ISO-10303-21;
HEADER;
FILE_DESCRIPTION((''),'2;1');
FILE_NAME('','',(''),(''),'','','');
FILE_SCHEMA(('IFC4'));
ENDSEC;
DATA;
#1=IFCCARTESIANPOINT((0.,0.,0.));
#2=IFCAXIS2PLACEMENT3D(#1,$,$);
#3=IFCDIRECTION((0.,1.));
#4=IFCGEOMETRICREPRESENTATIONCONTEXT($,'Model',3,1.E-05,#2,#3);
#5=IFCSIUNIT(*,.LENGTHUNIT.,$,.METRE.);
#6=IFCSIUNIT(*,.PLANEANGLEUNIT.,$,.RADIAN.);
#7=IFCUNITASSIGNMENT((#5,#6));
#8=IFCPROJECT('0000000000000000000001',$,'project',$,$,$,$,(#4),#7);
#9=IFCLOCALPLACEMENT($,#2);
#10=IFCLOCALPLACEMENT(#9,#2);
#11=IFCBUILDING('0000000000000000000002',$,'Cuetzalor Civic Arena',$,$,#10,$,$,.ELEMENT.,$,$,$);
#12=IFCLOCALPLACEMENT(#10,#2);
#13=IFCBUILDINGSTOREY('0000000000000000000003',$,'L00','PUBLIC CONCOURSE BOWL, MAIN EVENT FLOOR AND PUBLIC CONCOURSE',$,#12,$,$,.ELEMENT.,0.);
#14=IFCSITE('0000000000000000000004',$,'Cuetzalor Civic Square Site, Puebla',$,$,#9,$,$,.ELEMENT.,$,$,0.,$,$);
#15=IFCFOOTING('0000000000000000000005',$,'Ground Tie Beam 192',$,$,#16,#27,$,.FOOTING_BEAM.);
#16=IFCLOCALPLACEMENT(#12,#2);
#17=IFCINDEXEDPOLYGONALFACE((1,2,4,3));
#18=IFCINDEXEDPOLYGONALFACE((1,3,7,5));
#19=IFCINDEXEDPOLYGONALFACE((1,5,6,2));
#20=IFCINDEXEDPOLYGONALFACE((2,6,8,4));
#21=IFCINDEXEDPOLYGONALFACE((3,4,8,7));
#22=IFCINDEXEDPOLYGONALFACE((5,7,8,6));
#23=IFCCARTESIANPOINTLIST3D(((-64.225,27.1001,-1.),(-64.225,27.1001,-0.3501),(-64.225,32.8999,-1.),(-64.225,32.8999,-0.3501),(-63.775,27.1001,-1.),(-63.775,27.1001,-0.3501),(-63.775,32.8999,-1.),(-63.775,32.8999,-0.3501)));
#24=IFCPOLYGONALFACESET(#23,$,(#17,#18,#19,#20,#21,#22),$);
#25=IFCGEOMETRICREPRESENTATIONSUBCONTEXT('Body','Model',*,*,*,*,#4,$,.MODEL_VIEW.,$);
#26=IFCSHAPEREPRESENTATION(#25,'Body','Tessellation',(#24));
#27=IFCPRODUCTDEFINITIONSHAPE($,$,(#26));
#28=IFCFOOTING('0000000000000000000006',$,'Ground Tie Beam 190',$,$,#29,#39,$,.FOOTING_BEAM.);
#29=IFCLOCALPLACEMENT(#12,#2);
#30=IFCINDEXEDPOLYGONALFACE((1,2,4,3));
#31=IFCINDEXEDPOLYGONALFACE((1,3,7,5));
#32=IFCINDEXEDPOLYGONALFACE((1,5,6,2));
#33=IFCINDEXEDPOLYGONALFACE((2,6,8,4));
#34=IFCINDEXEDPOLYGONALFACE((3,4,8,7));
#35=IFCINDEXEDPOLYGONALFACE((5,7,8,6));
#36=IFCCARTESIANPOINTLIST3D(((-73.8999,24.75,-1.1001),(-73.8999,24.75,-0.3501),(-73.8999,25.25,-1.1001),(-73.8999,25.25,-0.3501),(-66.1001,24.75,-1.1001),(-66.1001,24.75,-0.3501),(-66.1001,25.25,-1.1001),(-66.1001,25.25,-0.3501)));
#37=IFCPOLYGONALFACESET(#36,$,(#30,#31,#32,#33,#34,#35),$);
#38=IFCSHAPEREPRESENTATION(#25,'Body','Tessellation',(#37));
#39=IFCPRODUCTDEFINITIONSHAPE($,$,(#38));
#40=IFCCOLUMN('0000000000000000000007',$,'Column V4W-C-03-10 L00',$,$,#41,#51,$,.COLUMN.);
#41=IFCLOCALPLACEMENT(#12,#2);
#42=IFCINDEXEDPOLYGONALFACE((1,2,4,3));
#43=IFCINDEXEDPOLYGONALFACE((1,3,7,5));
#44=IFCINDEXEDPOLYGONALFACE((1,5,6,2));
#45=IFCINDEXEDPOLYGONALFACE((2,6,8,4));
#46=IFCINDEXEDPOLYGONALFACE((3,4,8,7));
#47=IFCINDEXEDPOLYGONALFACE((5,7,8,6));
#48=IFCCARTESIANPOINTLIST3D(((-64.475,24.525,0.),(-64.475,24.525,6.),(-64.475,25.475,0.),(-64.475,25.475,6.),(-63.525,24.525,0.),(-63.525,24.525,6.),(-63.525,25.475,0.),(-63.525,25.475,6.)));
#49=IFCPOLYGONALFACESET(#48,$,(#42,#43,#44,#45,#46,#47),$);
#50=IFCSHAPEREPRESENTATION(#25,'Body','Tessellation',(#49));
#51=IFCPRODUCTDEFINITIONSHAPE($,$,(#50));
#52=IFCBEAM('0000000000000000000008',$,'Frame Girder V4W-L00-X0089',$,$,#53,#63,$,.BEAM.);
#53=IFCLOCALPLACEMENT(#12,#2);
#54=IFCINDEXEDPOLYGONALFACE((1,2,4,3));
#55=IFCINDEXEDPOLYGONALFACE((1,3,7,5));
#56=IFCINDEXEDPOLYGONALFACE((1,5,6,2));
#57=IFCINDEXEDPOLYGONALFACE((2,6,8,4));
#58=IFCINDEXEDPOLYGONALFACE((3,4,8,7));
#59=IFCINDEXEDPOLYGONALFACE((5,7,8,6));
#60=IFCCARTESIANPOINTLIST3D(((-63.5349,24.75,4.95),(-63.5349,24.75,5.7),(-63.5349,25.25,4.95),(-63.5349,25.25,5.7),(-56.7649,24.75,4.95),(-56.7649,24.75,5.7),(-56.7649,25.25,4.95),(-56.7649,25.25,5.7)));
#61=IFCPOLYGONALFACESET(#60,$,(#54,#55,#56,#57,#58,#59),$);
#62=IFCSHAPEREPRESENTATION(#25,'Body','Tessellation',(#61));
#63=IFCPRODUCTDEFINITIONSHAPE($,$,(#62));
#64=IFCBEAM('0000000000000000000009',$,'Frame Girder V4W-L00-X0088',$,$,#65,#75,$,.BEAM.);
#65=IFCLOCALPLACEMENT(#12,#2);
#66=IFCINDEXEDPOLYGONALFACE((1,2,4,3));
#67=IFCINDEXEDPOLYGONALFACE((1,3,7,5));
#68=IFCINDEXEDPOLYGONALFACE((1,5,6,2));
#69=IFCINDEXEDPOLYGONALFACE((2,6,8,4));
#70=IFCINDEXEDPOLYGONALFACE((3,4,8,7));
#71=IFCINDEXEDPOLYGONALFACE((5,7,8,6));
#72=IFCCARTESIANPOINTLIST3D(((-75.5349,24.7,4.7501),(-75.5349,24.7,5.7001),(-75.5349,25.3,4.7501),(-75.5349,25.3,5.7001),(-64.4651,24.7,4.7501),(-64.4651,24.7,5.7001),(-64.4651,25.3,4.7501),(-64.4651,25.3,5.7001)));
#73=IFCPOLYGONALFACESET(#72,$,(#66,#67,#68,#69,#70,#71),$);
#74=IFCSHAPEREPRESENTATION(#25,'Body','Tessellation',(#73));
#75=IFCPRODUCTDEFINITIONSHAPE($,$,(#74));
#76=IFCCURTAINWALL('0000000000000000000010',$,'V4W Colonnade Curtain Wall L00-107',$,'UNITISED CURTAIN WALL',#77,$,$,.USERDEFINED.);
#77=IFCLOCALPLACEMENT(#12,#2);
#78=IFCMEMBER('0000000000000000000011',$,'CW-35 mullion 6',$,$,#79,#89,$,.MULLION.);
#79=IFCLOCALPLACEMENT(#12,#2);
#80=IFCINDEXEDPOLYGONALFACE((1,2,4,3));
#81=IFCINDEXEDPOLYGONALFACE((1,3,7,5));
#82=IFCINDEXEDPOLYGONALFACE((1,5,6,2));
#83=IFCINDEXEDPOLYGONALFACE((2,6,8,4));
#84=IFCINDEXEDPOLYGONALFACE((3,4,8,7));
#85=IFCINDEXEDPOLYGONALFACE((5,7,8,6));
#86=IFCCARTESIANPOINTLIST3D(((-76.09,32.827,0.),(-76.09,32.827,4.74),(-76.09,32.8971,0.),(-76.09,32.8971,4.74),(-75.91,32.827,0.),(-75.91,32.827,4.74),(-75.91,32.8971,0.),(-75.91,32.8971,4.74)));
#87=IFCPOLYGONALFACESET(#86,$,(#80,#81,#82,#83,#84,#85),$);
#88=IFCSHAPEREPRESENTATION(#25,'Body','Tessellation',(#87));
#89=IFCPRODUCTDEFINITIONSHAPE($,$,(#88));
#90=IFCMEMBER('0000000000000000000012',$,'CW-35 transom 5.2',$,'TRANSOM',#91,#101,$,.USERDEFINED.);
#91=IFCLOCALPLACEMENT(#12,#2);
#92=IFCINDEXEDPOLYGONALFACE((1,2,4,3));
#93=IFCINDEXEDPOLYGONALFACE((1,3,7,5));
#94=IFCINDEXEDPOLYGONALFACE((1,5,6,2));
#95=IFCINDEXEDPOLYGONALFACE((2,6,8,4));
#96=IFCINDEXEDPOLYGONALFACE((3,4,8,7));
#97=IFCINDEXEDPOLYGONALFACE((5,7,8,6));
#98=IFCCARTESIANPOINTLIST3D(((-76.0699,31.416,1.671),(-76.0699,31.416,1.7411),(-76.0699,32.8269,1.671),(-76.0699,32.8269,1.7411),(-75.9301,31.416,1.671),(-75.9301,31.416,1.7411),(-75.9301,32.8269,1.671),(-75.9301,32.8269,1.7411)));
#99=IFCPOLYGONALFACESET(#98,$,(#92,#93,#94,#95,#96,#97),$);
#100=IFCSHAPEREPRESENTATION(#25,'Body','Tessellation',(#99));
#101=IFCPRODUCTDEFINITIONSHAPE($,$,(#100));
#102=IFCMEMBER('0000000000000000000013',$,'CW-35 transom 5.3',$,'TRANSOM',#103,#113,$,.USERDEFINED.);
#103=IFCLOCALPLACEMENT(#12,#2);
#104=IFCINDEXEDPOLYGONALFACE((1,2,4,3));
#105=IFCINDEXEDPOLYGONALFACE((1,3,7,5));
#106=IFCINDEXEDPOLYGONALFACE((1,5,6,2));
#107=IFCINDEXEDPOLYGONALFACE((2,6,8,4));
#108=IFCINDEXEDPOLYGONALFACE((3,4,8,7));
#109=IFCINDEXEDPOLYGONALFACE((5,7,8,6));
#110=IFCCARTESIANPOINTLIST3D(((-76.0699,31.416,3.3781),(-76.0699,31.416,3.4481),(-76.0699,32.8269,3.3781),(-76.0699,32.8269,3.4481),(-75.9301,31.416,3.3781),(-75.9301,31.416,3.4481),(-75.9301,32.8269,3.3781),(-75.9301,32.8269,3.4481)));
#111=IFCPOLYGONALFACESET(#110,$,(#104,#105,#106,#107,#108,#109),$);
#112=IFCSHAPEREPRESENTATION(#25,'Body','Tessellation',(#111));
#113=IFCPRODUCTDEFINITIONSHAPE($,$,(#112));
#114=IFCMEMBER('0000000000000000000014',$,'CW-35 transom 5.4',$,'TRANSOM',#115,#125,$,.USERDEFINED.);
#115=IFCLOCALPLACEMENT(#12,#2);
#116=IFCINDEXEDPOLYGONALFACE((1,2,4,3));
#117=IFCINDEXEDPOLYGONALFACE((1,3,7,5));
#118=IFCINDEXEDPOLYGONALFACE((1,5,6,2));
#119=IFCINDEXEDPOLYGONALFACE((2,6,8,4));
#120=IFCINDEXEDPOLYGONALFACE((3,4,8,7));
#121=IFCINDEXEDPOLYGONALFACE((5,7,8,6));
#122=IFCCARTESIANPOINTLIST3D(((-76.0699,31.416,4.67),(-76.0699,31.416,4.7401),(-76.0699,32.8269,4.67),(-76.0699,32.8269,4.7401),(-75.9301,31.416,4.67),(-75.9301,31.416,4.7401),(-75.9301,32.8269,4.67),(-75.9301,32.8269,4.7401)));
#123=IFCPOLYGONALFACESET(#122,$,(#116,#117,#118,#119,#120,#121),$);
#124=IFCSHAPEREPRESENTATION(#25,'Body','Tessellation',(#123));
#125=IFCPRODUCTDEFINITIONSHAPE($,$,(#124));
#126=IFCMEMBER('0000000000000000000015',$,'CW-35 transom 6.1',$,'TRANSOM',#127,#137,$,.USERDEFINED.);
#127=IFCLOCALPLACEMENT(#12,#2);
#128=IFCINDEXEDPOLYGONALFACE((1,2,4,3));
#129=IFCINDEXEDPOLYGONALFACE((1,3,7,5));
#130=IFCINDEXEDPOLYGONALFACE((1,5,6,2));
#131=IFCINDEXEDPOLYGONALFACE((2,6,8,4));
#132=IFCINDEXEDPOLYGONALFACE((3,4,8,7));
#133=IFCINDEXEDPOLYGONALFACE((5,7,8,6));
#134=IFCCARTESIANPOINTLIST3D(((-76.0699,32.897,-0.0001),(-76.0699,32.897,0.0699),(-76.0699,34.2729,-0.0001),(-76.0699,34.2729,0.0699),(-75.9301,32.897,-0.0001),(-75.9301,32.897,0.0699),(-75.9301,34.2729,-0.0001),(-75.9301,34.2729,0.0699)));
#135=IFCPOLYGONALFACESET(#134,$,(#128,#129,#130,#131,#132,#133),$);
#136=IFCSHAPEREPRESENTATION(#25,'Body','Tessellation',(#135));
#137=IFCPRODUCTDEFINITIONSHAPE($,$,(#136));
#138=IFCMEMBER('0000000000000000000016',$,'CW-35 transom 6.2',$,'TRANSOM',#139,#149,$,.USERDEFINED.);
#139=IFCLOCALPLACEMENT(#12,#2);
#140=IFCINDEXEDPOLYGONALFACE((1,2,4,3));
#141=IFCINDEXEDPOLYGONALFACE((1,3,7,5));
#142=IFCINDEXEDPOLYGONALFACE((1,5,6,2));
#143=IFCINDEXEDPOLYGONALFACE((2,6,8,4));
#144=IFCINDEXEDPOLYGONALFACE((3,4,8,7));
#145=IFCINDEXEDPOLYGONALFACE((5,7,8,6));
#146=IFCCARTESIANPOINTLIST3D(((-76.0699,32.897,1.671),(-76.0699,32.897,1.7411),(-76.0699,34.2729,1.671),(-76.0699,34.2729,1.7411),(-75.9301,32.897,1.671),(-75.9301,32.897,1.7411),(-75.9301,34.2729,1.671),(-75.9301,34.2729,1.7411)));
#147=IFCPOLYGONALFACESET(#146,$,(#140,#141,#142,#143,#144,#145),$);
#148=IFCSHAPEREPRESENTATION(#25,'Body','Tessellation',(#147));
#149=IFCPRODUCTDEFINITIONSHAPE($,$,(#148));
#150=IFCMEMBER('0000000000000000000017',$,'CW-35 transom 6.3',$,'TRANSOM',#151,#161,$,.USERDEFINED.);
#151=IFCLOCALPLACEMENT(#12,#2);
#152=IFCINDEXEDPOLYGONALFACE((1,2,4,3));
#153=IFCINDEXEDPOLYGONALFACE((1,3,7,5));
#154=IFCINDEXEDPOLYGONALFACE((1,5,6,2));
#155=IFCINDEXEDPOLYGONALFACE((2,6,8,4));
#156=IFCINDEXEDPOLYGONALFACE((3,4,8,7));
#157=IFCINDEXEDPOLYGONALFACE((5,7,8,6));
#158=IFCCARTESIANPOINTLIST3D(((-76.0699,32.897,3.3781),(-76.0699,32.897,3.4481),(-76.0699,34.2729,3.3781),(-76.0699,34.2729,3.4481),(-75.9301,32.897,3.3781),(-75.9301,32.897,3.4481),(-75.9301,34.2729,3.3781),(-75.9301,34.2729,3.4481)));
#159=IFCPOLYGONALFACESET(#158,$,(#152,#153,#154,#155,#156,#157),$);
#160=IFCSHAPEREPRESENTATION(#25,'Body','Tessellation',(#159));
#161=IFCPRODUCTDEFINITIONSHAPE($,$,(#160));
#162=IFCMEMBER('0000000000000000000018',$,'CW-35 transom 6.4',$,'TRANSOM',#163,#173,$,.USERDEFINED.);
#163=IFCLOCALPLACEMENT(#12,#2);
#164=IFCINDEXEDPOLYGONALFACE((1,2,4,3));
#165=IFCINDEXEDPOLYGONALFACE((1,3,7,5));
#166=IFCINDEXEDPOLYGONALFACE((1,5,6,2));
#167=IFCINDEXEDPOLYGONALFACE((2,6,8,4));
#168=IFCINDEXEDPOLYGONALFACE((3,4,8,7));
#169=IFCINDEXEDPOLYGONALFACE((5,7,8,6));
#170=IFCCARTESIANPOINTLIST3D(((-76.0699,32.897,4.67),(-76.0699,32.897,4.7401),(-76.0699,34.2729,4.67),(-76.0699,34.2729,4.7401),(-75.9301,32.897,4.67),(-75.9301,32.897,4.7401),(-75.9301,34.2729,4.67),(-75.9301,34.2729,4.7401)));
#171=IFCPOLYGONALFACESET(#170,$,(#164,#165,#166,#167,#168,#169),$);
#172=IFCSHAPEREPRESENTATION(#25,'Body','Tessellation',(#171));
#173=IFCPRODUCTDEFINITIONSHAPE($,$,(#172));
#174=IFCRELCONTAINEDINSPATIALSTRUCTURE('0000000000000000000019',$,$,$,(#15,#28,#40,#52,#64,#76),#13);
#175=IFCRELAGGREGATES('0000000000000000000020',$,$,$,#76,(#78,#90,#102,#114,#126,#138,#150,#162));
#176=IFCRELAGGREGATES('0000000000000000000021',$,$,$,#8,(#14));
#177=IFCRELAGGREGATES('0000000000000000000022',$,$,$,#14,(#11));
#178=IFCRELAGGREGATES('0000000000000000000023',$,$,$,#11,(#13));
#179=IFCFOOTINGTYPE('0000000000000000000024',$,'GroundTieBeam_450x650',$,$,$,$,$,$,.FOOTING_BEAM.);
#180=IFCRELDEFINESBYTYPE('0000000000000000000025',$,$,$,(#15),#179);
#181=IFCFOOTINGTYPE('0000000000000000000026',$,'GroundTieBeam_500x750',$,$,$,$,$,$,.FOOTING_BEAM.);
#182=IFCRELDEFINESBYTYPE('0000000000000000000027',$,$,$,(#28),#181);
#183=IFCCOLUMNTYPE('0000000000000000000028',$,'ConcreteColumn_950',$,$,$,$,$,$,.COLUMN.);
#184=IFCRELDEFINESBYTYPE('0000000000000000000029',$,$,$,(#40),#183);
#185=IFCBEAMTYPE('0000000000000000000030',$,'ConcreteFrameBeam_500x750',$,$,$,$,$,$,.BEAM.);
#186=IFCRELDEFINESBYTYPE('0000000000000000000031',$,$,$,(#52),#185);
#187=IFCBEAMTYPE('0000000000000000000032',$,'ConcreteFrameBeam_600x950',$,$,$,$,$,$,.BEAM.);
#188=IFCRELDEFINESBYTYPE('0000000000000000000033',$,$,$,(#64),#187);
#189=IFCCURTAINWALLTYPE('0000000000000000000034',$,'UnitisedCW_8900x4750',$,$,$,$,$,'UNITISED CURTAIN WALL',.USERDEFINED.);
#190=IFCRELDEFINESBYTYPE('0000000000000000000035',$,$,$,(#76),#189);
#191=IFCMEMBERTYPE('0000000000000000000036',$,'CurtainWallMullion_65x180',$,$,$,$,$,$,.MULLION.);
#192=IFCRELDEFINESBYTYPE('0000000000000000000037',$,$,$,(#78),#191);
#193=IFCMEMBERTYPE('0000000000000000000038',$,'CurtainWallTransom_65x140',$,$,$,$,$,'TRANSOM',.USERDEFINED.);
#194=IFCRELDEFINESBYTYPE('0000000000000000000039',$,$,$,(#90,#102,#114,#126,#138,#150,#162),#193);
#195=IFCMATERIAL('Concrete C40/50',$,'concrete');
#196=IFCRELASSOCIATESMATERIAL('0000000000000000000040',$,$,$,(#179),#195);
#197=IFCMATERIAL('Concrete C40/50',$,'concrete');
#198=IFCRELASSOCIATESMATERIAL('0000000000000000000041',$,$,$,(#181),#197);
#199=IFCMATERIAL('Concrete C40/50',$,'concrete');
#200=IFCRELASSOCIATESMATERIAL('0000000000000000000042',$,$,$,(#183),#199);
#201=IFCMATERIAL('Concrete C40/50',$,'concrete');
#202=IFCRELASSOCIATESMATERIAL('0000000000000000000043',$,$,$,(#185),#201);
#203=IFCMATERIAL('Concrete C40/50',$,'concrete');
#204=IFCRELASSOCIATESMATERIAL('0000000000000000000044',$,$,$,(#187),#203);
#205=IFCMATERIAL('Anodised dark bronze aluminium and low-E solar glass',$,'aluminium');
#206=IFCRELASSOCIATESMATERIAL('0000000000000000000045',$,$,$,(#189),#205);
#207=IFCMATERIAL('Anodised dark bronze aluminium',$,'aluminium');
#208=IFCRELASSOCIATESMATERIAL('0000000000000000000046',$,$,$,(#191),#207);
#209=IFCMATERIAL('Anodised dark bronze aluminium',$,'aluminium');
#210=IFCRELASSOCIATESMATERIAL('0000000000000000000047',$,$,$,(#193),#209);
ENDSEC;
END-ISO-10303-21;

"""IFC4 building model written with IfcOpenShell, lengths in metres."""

from ifc_helpers import new_model, si_unit, direction, frame, origin, origin_2d, place, context, subcontext, project, spatial, rectangle, extrude, material, material_profile, profile_set, type_object, element, aggregate, save


model = new_model("IFC4")

# Units and contexts
model_context = context("Model", 3, precision=1e-05, world=origin(), true_north=direction((0.0, 1.0)))
body_context = subcontext(model_context, "Body", "Model", "MODEL_VIEW")
ifc_project = project(units=[si_unit("LENGTHUNIT", "METRE"), si_unit("PLANEANGLEUNIT", "RADIAN")], contexts=[model_context])

# Site, building, storey
site_placement = place(None, origin())
site = spatial("IfcSite", under=ifc_project, at=site_placement, Name="Cuetzalor Civic Square Site, Puebla", CompositionType="ELEMENT", RefElevation=0.0)
building_placement = place(site_placement, origin())
building = spatial("IfcBuilding", under=site, at=building_placement, Name="Cuetzalor Civic Arena", CompositionType="ELEMENT")
storey_placement = place(building_placement, origin())
storey = spatial("IfcBuildingStorey", under=building, at=storey_placement, Name="L00", Description="PUBLIC CONCOURSE BOWL, MAIN EVENT FLOOR AND PUBLIC CONCOURSE", CompositionType="ELEMENT", Elevation=0.0)

# Footings
ifc_material_1 = material(Name="Concrete C40/50", Category="concrete")
ifc_material_profile_1 = material_profile(ifc_material_1, rectangle(XDim=0.45, YDim=0.6499, at=origin_2d()), Name="RC 450x650")
ifc_profile_set_1 = profile_set([ifc_material_profile_1], Name="Concrete C40/50")
footing_type_1 = type_object("IfcFootingType", Name="GroundTieBeam_450x650", PredefinedType="FOOTING_BEAM", material=ifc_profile_set_1)
footing_1_placement = place(storey_placement, frame((-64.0, 27.1001, -0.675), z_axis=(0.0, 1.0, 0.0), x_axis=(-1.0, 0.0, 0.0)))
element("IfcFooting", 1, at=footing_1_placement, inside=storey, type_object=footing_type_1, Name="Ground Tie Beam 192", PredefinedType="FOOTING_BEAM", context=body_context, shape_type="SweptSolid", body=[
    extrude(rectangle(XDim=0.45, YDim=0.6499, at=origin_2d()), origin(), (0.0, 0.0, 1.0), 5.7998),
])
ifc_material_2 = material(Name="Concrete C40/50", Category="concrete")
ifc_material_profile_2 = material_profile(ifc_material_2, rectangle(XDim=0.5, YDim=0.75, at=origin_2d()), Name="RC 500x750")
ifc_profile_set_2 = profile_set([ifc_material_profile_2], Name="Concrete C40/50")
footing_type_2 = type_object("IfcFootingType", Name="GroundTieBeam_500x750", PredefinedType="FOOTING_BEAM", material=ifc_profile_set_2)
footing_2_placement = place(storey_placement, frame((-73.8999, 25.0, -0.7251), z_axis=(1.0, 0.0, 0.0), x_axis=(0.0, 1.0, 0.0)))
element("IfcFooting", 2, at=footing_2_placement, inside=storey, type_object=footing_type_2, Name="Ground Tie Beam 190", PredefinedType="FOOTING_BEAM", context=body_context, shape_type="SweptSolid", body=[
    extrude(rectangle(XDim=0.5, YDim=0.75, at=origin_2d()), origin(), (0.0, 0.0, 1.0), 7.7998),
])

# Column
ifc_material_3 = material(Name="Concrete C40/50", Category="concrete")
ifc_material_profile_3 = material_profile(ifc_material_3, rectangle(XDim=0.95, YDim=0.95, at=origin_2d()), Name="RC 950x950")
ifc_profile_set_3 = profile_set([ifc_material_profile_3], Name="Concrete C40/50")
column_type = type_object("IfcColumnType", Name="ConcreteColumn_950", PredefinedType="COLUMN", material=ifc_profile_set_3)
column_placement = place(storey_placement, frame((-64.0, 25.0, 0.0), z_axis=(0.0, 0.0, 1.0), x_axis=(1.0, 0.0, 0.0)))
element("IfcColumn", 3, at=column_placement, inside=storey, type_object=column_type, Name="Column V4W-C-03-10 L00", PredefinedType="COLUMN", context=body_context, shape_type="SweptSolid", body=[
    extrude(rectangle(XDim=0.95, YDim=0.95, at=origin_2d()), origin(), (0.0, 0.0, 1.0), 6.0),
])

# Beams
ifc_material_4 = material(Name="Concrete C40/50", Category="concrete")
ifc_material_profile_4 = material_profile(ifc_material_4, rectangle(XDim=0.5, YDim=0.75, at=origin_2d()), Name="RC 500x750")
ifc_profile_set_4 = profile_set([ifc_material_profile_4], Name="Concrete C40/50")
beam_type_1 = type_object("IfcBeamType", Name="ConcreteFrameBeam_500x750", PredefinedType="BEAM", material=ifc_profile_set_4)
beam_1_placement = place(storey_placement, frame((-63.5349, 25.0, 5.325), z_axis=(1.0, 0.0, 0.0), x_axis=(0.0, 1.0, 0.0)))
element("IfcBeam", 4, at=beam_1_placement, inside=storey, type_object=beam_type_1, Name="Frame Girder V4W-L00-X0089", PredefinedType="BEAM", context=body_context, shape_type="SweptSolid", body=[
    extrude(rectangle(XDim=0.5, YDim=0.75, at=origin_2d()), origin(), (0.0, 0.0, 1.0), 6.77),
])
ifc_material_5 = material(Name="Concrete C40/50", Category="concrete")
ifc_material_profile_5 = material_profile(ifc_material_5, rectangle(XDim=0.6001, YDim=0.95, at=origin_2d()), Name="RC 600x950")
ifc_profile_set_5 = profile_set([ifc_material_profile_5], Name="Concrete C40/50")
beam_type_2 = type_object("IfcBeamType", Name="ConcreteFrameBeam_600x950", PredefinedType="BEAM", material=ifc_profile_set_5)
beam_2_placement = place(storey_placement, frame((-75.5349, 25.0, 5.2251), z_axis=(1.0, 0.0, 0.0), x_axis=(0.0, 1.0, 0.0)))
element("IfcBeam", 5, at=beam_2_placement, inside=storey, type_object=beam_type_2, Name="Frame Girder V4W-L00-X0088", PredefinedType="BEAM", context=body_context, shape_type="SweptSolid", body=[
    extrude(rectangle(XDim=0.6001, YDim=0.95, at=origin_2d()), origin(), (0.0, 0.0, 1.0), 11.0698),
])

# Curtain wall, members
ifc_material_6 = material(Name="Anodised dark bronze aluminium and low-E solar glass", Category="aluminium")
curtain_wall_type = type_object("IfcCurtainWallType", Name="UnitisedCW_8900x4750", ElementType="UNITISED CURTAIN WALL", PredefinedType="USERDEFINED", material=ifc_material_6)
curtain_wall_placement = place(storey_placement, origin())
curtain_wall = element("IfcCurtainWall", 6, at=curtain_wall_placement, inside=storey, type_object=curtain_wall_type, Name="V4W Colonnade Curtain Wall L00-107", ObjectType="UNITISED CURTAIN WALL", PredefinedType="USERDEFINED")
ifc_material_7 = material(Name="Anodised dark bronze aluminium", Category="aluminium")
ifc_material_profile_6 = material_profile(ifc_material_7, rectangle(XDim=0.0701, YDim=0.1799, at=origin_2d()), Name="ALU MULLION 70x180")
ifc_profile_set_6 = profile_set([ifc_material_profile_6], Name="Anodised dark bronze aluminium")
member_type_1 = type_object("IfcMemberType", Name="CurtainWallMullion_65x180", PredefinedType="MULLION", material=ifc_profile_set_6)
member_1_placement = place(storey_placement, frame((-76.0, 32.8621, 0.0), z_axis=(0.0, 0.0, 1.0), x_axis=(0.0, 1.0, 0.0)))
member_1 = element("IfcMember", 7, at=member_1_placement, type_object=member_type_1, Name="CW-35 mullion 6", PredefinedType="MULLION", context=body_context, shape_type="SweptSolid", body=[
    extrude(rectangle(XDim=0.0701, YDim=0.1799, at=origin_2d()), origin(), (0.0, 0.0, 1.0), 4.74),
])
ifc_material_8 = material(Name="Anodised dark bronze aluminium", Category="aluminium")
ifc_material_profile_7 = material_profile(ifc_material_8, rectangle(XDim=0.1399, YDim=0.0701, at=origin_2d()), Name="ALU TRANSOM 70x140")
ifc_profile_set_7 = profile_set([ifc_material_profile_7], Name="Anodised dark bronze aluminium")
member_type_2 = type_object("IfcMemberType", Name="CurtainWallTransom_65x140", ElementType="TRANSOM", PredefinedType="USERDEFINED", material=ifc_profile_set_7)
member_2_placement = place(storey_placement, frame((-76.0, 31.416, 1.7061), z_axis=(0.0, 1.0, 0.0), x_axis=(-1.0, 0.0, 0.0)))
member_2 = element("IfcMember", 8, at=member_2_placement, type_object=member_type_2, Name="CW-35 transom 5.2", ObjectType="TRANSOM", PredefinedType="USERDEFINED", context=body_context, shape_type="SweptSolid", body=[
    extrude(rectangle(XDim=0.1399, YDim=0.0701, at=origin_2d()), origin(), (0.0, 0.0, 1.0), 1.4109),
])
member_3_placement = place(storey_placement, frame((-76.0, 31.416, 3.4131), z_axis=(0.0, 1.0, 0.0), x_axis=(-1.0, 0.0, 0.0)))
member_3 = element("IfcMember", 9, at=member_3_placement, type_object=member_type_2, Name="CW-35 transom 5.3", ObjectType="TRANSOM", PredefinedType="USERDEFINED", context=body_context, shape_type="SweptSolid", body=[
    extrude(rectangle(XDim=0.1399, YDim=0.0701, at=origin_2d()), origin(), (0.0, 0.0, 1.0), 1.4109),
])
member_4_placement = place(storey_placement, frame((-76.0, 31.416, 4.7051), z_axis=(0.0, 1.0, 0.0), x_axis=(-1.0, 0.0, 0.0)))
member_4 = element("IfcMember", 10, at=member_4_placement, type_object=member_type_2, Name="CW-35 transom 5.4", ObjectType="TRANSOM", PredefinedType="USERDEFINED", context=body_context, shape_type="SweptSolid", body=[
    extrude(rectangle(XDim=0.1399, YDim=0.0701, at=origin_2d()), origin(), (0.0, 0.0, 1.0), 1.4109),
])
member_5_placement = place(storey_placement, frame((-76.0, 32.897, 0.0349), z_axis=(0.0, 1.0, 0.0), x_axis=(-1.0, 0.0, 0.0)))
member_5 = element("IfcMember", 11, at=member_5_placement, type_object=member_type_2, Name="CW-35 transom 6.1", ObjectType="TRANSOM", PredefinedType="USERDEFINED", context=body_context, shape_type="SweptSolid", body=[
    extrude(rectangle(XDim=0.1399, YDim=0.0701, at=origin_2d()), origin(), (0.0, 0.0, 1.0), 1.376),
])
member_6_placement = place(storey_placement, frame((-76.0, 32.897, 1.7061), z_axis=(0.0, 1.0, 0.0), x_axis=(-1.0, 0.0, 0.0)))
member_6 = element("IfcMember", 12, at=member_6_placement, type_object=member_type_2, Name="CW-35 transom 6.2", ObjectType="TRANSOM", PredefinedType="USERDEFINED", context=body_context, shape_type="SweptSolid", body=[
    extrude(rectangle(XDim=0.1399, YDim=0.0701, at=origin_2d()), origin(), (0.0, 0.0, 1.0), 1.376),
])
member_7_placement = place(storey_placement, frame((-76.0, 32.897, 3.4131), z_axis=(0.0, 1.0, 0.0), x_axis=(-1.0, 0.0, 0.0)))
member_7 = element("IfcMember", 13, at=member_7_placement, type_object=member_type_2, Name="CW-35 transom 6.3", ObjectType="TRANSOM", PredefinedType="USERDEFINED", context=body_context, shape_type="SweptSolid", body=[
    extrude(rectangle(XDim=0.1399, YDim=0.0701, at=origin_2d()), origin(), (0.0, 0.0, 1.0), 1.376),
])
member_8_placement = place(storey_placement, frame((-76.0, 32.897, 4.7051), z_axis=(0.0, 1.0, 0.0), x_axis=(-1.0, 0.0, 0.0)))
member_8 = element("IfcMember", 14, at=member_8_placement, type_object=member_type_2, Name="CW-35 transom 6.4", ObjectType="TRANSOM", PredefinedType="USERDEFINED", context=body_context, shape_type="SweptSolid", body=[
    extrude(rectangle(XDim=0.1399, YDim=0.0701, at=origin_2d()), origin(), (0.0, 0.0, 1.0), 1.376),
])

aggregate(curtain_wall, [member_1, member_2, member_3, member_4, member_5, member_6, member_7, member_8])

save(model, "model.ifc")
